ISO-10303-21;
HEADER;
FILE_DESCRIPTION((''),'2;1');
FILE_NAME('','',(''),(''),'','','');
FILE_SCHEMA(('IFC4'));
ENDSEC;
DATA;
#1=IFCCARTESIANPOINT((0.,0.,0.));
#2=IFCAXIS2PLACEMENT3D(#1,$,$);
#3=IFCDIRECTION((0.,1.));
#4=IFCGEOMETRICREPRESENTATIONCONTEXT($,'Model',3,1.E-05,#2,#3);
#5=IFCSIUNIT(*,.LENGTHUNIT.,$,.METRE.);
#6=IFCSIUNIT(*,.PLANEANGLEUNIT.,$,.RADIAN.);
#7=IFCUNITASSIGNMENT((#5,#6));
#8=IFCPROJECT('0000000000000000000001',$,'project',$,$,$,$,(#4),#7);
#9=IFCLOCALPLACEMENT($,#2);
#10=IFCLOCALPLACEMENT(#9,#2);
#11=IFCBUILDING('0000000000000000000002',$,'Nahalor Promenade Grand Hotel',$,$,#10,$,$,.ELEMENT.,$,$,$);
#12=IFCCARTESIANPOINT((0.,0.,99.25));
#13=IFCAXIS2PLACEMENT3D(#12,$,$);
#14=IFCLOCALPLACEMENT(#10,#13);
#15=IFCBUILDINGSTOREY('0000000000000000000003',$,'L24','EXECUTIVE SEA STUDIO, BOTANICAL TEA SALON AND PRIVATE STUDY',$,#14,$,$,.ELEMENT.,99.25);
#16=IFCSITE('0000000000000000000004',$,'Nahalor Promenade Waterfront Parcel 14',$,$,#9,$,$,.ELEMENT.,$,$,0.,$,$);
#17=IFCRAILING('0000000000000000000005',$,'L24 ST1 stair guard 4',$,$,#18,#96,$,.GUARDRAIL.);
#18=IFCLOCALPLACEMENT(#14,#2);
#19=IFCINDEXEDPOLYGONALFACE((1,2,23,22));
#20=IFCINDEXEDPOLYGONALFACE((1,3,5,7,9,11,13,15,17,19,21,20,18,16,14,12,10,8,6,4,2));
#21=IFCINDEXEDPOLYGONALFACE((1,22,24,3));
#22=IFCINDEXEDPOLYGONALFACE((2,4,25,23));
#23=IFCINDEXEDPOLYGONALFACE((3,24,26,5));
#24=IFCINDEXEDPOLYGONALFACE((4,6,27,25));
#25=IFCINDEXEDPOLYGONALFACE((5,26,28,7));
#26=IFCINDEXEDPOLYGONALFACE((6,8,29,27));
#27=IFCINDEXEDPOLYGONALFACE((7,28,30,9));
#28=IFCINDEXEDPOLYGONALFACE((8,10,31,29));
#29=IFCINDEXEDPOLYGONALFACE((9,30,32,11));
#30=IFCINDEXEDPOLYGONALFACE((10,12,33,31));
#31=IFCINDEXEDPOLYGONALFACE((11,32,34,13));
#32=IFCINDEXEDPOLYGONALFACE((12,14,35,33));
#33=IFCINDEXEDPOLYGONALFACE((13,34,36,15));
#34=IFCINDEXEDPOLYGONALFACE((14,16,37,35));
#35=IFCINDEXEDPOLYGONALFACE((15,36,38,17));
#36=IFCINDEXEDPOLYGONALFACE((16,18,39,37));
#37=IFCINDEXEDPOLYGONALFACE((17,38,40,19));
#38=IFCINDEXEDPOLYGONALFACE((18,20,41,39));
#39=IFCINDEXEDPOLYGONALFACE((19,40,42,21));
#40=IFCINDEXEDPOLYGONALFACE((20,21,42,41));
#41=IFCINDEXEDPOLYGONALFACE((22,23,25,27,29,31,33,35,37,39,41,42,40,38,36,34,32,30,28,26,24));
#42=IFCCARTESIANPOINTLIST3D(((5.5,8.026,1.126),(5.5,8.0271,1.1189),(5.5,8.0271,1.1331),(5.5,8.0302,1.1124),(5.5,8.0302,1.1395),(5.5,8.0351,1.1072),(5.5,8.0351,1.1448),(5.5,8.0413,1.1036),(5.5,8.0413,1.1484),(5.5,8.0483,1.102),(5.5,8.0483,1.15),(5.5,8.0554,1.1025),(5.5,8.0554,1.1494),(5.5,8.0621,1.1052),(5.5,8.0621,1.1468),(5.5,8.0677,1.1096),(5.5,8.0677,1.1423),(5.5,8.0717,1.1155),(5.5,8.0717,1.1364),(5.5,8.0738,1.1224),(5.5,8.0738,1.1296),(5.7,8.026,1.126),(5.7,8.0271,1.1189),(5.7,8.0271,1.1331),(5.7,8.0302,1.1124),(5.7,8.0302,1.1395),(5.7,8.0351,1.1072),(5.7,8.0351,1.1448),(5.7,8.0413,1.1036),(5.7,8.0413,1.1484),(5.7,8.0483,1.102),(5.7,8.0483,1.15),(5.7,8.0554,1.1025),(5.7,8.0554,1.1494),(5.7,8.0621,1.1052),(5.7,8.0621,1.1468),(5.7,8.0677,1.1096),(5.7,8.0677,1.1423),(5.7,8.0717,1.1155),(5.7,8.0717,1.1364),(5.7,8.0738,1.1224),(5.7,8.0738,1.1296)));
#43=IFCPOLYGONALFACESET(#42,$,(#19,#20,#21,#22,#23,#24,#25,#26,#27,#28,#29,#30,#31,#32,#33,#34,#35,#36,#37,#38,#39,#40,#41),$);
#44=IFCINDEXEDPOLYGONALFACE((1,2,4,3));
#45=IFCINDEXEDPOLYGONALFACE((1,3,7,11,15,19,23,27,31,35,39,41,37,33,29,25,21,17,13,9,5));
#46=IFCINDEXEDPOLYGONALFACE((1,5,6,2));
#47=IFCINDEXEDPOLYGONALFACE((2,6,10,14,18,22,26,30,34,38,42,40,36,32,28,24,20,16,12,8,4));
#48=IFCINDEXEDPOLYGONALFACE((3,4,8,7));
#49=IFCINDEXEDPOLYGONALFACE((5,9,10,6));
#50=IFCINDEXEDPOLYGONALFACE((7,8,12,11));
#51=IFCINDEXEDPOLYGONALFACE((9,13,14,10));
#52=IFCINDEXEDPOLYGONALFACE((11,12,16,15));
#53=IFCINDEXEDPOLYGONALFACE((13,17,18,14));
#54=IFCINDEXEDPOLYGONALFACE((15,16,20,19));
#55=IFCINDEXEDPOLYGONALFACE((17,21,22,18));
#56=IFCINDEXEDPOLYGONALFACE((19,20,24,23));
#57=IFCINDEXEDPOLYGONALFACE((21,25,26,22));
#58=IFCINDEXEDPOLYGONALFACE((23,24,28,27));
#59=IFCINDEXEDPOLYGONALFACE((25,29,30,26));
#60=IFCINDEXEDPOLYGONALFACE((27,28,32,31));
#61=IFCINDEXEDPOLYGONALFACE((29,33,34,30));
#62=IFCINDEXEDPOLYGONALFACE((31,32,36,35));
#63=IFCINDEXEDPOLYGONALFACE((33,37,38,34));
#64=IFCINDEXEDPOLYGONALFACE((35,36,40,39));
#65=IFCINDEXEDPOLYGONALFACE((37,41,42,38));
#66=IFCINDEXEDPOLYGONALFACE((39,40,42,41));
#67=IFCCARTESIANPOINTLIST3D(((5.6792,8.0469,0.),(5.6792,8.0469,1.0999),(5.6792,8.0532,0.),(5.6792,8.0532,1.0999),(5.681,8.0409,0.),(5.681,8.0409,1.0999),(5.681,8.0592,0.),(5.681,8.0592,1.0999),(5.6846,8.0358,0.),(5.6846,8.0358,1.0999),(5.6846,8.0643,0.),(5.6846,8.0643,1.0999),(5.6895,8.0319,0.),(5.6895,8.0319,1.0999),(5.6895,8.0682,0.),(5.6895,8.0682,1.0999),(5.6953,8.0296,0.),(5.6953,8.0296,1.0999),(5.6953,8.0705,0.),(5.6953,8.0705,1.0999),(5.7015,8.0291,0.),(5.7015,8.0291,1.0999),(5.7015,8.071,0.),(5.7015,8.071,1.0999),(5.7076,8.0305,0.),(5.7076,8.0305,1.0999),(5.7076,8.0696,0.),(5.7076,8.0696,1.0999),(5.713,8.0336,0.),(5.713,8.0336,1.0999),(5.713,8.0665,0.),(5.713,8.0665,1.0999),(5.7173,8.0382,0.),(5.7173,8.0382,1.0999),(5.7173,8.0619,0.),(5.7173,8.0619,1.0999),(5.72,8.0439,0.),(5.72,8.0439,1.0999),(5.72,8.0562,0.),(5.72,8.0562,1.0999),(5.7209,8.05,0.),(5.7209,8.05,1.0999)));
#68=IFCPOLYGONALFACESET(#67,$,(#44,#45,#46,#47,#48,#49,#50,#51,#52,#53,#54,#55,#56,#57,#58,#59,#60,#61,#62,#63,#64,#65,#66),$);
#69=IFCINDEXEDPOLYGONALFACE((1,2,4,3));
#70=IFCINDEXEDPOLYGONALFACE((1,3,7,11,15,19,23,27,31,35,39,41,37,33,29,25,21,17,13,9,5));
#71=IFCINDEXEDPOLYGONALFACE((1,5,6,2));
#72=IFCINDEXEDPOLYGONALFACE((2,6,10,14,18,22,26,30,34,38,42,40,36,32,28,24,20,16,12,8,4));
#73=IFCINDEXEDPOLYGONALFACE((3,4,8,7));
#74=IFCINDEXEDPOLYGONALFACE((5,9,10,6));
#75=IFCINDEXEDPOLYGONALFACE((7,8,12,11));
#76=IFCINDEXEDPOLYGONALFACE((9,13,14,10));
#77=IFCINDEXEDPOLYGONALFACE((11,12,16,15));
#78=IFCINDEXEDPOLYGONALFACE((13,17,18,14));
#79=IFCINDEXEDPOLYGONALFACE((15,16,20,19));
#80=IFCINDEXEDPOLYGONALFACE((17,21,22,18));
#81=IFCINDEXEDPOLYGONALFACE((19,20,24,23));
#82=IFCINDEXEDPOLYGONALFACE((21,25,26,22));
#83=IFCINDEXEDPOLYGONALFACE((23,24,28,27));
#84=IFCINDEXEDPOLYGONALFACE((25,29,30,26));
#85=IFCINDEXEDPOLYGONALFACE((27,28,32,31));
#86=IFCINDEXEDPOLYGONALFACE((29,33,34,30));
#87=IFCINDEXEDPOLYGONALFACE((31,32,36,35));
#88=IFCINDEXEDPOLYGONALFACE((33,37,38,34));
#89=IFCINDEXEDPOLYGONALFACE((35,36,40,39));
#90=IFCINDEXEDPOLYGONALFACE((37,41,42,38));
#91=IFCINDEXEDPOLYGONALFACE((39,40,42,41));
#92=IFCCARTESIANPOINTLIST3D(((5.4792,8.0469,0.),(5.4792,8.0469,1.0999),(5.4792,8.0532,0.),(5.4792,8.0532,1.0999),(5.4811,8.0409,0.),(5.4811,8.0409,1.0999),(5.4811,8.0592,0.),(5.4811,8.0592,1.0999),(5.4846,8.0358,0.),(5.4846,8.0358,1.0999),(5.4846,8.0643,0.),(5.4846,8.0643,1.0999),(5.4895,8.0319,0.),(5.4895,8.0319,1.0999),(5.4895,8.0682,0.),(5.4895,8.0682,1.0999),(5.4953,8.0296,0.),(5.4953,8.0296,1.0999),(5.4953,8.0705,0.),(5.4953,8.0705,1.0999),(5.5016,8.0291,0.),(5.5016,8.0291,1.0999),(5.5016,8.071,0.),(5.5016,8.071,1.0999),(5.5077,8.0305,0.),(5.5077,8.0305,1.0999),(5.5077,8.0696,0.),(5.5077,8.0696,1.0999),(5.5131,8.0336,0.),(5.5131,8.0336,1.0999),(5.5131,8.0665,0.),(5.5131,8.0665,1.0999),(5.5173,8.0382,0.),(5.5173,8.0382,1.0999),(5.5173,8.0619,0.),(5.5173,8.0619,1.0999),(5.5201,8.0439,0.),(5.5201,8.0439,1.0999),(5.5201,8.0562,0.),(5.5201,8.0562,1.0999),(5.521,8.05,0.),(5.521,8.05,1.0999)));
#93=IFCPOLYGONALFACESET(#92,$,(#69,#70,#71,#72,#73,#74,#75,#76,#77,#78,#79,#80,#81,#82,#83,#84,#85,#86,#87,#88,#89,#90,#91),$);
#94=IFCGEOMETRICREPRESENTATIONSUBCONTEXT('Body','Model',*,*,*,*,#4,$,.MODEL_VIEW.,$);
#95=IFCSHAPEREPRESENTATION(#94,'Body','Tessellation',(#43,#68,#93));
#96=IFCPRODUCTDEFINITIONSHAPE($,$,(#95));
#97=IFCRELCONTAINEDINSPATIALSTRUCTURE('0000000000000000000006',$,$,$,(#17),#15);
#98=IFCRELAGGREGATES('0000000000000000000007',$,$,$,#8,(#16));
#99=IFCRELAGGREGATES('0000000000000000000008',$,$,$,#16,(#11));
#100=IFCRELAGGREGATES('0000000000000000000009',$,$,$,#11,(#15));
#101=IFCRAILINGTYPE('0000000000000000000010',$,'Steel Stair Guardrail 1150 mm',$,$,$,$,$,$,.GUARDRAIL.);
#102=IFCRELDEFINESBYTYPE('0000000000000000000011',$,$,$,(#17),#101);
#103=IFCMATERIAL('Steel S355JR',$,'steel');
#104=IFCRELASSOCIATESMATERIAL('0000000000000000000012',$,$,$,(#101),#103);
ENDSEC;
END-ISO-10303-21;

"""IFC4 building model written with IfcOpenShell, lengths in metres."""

from ifc_helpers import new_model, si_unit, direction, frame, origin, origin_2d, place, context, subcontext, project, spatial, circle, extrude, material, type_object, element, save


model = new_model("IFC4")

# Units and contexts
model_context = context("Model", 3, precision=1e-05, world=origin(), true_north=direction((0.0, 1.0)))
body_context = subcontext(model_context, "Body", "Model", "MODEL_VIEW")
ifc_project = project(units=[si_unit("LENGTHUNIT", "METRE"), si_unit("PLANEANGLEUNIT", "RADIAN")], contexts=[model_context])

# Site, building, storey
site_placement = place(None, origin())
site = spatial("IfcSite", under=ifc_project, at=site_placement, Name="Nahalor Promenade Waterfront Parcel 14", CompositionType="ELEMENT", RefElevation=0.0)
building_placement = place(site_placement, origin())
building = spatial("IfcBuilding", under=site, at=building_placement, Name="Nahalor Promenade Grand Hotel", CompositionType="ELEMENT")
storey_placement = place(building_placement, frame((0.0, 0.0, 99.25)))
storey = spatial("IfcBuildingStorey", under=building, at=storey_placement, Name="L24", Description="EXECUTIVE SEA STUDIO, BOTANICAL TEA SALON AND PRIVATE STUDY", CompositionType="ELEMENT", Elevation=99.25)

# Shared definitions
ifc_material_1 = material(Name="Steel S355JR", Category="steel")

# Railing
railing_type_1 = type_object("IfcRailingType", Name="Steel Stair Guardrail 1150 mm", PredefinedType="GUARDRAIL", material=ifc_material_1)
railing_1_placement = place(storey_placement, frame((5.7, 8.05, 0.0)))
element("IfcRailing", 1, at=railing_1_placement, inside=storey, type_object=railing_type_1, Name="L24 ST1 stair guard 4", PredefinedType="GUARDRAIL", context=body_context, shape_type="SweptSolid", body=[
    extrude(circle(Radius=0.024, at=origin_2d()), frame((0.0, 0.0, 1.126), z_axis=(-1.0, 0.0, 0.0), x_axis=(0.0, -1.0, 0.0)), (0.0, 0.0, 1.0), 0.2),
    extrude(circle(Radius=0.021, at=origin_2d()), origin(), (0.0, 0.0, 1.0), 1.0999),
    extrude(circle(Radius=0.021, at=origin_2d()), frame((-0.2, 0.0, 0.0)), (0.0, 0.0, 1.0), 1.0999),
])

save(model, "model.ifc")
